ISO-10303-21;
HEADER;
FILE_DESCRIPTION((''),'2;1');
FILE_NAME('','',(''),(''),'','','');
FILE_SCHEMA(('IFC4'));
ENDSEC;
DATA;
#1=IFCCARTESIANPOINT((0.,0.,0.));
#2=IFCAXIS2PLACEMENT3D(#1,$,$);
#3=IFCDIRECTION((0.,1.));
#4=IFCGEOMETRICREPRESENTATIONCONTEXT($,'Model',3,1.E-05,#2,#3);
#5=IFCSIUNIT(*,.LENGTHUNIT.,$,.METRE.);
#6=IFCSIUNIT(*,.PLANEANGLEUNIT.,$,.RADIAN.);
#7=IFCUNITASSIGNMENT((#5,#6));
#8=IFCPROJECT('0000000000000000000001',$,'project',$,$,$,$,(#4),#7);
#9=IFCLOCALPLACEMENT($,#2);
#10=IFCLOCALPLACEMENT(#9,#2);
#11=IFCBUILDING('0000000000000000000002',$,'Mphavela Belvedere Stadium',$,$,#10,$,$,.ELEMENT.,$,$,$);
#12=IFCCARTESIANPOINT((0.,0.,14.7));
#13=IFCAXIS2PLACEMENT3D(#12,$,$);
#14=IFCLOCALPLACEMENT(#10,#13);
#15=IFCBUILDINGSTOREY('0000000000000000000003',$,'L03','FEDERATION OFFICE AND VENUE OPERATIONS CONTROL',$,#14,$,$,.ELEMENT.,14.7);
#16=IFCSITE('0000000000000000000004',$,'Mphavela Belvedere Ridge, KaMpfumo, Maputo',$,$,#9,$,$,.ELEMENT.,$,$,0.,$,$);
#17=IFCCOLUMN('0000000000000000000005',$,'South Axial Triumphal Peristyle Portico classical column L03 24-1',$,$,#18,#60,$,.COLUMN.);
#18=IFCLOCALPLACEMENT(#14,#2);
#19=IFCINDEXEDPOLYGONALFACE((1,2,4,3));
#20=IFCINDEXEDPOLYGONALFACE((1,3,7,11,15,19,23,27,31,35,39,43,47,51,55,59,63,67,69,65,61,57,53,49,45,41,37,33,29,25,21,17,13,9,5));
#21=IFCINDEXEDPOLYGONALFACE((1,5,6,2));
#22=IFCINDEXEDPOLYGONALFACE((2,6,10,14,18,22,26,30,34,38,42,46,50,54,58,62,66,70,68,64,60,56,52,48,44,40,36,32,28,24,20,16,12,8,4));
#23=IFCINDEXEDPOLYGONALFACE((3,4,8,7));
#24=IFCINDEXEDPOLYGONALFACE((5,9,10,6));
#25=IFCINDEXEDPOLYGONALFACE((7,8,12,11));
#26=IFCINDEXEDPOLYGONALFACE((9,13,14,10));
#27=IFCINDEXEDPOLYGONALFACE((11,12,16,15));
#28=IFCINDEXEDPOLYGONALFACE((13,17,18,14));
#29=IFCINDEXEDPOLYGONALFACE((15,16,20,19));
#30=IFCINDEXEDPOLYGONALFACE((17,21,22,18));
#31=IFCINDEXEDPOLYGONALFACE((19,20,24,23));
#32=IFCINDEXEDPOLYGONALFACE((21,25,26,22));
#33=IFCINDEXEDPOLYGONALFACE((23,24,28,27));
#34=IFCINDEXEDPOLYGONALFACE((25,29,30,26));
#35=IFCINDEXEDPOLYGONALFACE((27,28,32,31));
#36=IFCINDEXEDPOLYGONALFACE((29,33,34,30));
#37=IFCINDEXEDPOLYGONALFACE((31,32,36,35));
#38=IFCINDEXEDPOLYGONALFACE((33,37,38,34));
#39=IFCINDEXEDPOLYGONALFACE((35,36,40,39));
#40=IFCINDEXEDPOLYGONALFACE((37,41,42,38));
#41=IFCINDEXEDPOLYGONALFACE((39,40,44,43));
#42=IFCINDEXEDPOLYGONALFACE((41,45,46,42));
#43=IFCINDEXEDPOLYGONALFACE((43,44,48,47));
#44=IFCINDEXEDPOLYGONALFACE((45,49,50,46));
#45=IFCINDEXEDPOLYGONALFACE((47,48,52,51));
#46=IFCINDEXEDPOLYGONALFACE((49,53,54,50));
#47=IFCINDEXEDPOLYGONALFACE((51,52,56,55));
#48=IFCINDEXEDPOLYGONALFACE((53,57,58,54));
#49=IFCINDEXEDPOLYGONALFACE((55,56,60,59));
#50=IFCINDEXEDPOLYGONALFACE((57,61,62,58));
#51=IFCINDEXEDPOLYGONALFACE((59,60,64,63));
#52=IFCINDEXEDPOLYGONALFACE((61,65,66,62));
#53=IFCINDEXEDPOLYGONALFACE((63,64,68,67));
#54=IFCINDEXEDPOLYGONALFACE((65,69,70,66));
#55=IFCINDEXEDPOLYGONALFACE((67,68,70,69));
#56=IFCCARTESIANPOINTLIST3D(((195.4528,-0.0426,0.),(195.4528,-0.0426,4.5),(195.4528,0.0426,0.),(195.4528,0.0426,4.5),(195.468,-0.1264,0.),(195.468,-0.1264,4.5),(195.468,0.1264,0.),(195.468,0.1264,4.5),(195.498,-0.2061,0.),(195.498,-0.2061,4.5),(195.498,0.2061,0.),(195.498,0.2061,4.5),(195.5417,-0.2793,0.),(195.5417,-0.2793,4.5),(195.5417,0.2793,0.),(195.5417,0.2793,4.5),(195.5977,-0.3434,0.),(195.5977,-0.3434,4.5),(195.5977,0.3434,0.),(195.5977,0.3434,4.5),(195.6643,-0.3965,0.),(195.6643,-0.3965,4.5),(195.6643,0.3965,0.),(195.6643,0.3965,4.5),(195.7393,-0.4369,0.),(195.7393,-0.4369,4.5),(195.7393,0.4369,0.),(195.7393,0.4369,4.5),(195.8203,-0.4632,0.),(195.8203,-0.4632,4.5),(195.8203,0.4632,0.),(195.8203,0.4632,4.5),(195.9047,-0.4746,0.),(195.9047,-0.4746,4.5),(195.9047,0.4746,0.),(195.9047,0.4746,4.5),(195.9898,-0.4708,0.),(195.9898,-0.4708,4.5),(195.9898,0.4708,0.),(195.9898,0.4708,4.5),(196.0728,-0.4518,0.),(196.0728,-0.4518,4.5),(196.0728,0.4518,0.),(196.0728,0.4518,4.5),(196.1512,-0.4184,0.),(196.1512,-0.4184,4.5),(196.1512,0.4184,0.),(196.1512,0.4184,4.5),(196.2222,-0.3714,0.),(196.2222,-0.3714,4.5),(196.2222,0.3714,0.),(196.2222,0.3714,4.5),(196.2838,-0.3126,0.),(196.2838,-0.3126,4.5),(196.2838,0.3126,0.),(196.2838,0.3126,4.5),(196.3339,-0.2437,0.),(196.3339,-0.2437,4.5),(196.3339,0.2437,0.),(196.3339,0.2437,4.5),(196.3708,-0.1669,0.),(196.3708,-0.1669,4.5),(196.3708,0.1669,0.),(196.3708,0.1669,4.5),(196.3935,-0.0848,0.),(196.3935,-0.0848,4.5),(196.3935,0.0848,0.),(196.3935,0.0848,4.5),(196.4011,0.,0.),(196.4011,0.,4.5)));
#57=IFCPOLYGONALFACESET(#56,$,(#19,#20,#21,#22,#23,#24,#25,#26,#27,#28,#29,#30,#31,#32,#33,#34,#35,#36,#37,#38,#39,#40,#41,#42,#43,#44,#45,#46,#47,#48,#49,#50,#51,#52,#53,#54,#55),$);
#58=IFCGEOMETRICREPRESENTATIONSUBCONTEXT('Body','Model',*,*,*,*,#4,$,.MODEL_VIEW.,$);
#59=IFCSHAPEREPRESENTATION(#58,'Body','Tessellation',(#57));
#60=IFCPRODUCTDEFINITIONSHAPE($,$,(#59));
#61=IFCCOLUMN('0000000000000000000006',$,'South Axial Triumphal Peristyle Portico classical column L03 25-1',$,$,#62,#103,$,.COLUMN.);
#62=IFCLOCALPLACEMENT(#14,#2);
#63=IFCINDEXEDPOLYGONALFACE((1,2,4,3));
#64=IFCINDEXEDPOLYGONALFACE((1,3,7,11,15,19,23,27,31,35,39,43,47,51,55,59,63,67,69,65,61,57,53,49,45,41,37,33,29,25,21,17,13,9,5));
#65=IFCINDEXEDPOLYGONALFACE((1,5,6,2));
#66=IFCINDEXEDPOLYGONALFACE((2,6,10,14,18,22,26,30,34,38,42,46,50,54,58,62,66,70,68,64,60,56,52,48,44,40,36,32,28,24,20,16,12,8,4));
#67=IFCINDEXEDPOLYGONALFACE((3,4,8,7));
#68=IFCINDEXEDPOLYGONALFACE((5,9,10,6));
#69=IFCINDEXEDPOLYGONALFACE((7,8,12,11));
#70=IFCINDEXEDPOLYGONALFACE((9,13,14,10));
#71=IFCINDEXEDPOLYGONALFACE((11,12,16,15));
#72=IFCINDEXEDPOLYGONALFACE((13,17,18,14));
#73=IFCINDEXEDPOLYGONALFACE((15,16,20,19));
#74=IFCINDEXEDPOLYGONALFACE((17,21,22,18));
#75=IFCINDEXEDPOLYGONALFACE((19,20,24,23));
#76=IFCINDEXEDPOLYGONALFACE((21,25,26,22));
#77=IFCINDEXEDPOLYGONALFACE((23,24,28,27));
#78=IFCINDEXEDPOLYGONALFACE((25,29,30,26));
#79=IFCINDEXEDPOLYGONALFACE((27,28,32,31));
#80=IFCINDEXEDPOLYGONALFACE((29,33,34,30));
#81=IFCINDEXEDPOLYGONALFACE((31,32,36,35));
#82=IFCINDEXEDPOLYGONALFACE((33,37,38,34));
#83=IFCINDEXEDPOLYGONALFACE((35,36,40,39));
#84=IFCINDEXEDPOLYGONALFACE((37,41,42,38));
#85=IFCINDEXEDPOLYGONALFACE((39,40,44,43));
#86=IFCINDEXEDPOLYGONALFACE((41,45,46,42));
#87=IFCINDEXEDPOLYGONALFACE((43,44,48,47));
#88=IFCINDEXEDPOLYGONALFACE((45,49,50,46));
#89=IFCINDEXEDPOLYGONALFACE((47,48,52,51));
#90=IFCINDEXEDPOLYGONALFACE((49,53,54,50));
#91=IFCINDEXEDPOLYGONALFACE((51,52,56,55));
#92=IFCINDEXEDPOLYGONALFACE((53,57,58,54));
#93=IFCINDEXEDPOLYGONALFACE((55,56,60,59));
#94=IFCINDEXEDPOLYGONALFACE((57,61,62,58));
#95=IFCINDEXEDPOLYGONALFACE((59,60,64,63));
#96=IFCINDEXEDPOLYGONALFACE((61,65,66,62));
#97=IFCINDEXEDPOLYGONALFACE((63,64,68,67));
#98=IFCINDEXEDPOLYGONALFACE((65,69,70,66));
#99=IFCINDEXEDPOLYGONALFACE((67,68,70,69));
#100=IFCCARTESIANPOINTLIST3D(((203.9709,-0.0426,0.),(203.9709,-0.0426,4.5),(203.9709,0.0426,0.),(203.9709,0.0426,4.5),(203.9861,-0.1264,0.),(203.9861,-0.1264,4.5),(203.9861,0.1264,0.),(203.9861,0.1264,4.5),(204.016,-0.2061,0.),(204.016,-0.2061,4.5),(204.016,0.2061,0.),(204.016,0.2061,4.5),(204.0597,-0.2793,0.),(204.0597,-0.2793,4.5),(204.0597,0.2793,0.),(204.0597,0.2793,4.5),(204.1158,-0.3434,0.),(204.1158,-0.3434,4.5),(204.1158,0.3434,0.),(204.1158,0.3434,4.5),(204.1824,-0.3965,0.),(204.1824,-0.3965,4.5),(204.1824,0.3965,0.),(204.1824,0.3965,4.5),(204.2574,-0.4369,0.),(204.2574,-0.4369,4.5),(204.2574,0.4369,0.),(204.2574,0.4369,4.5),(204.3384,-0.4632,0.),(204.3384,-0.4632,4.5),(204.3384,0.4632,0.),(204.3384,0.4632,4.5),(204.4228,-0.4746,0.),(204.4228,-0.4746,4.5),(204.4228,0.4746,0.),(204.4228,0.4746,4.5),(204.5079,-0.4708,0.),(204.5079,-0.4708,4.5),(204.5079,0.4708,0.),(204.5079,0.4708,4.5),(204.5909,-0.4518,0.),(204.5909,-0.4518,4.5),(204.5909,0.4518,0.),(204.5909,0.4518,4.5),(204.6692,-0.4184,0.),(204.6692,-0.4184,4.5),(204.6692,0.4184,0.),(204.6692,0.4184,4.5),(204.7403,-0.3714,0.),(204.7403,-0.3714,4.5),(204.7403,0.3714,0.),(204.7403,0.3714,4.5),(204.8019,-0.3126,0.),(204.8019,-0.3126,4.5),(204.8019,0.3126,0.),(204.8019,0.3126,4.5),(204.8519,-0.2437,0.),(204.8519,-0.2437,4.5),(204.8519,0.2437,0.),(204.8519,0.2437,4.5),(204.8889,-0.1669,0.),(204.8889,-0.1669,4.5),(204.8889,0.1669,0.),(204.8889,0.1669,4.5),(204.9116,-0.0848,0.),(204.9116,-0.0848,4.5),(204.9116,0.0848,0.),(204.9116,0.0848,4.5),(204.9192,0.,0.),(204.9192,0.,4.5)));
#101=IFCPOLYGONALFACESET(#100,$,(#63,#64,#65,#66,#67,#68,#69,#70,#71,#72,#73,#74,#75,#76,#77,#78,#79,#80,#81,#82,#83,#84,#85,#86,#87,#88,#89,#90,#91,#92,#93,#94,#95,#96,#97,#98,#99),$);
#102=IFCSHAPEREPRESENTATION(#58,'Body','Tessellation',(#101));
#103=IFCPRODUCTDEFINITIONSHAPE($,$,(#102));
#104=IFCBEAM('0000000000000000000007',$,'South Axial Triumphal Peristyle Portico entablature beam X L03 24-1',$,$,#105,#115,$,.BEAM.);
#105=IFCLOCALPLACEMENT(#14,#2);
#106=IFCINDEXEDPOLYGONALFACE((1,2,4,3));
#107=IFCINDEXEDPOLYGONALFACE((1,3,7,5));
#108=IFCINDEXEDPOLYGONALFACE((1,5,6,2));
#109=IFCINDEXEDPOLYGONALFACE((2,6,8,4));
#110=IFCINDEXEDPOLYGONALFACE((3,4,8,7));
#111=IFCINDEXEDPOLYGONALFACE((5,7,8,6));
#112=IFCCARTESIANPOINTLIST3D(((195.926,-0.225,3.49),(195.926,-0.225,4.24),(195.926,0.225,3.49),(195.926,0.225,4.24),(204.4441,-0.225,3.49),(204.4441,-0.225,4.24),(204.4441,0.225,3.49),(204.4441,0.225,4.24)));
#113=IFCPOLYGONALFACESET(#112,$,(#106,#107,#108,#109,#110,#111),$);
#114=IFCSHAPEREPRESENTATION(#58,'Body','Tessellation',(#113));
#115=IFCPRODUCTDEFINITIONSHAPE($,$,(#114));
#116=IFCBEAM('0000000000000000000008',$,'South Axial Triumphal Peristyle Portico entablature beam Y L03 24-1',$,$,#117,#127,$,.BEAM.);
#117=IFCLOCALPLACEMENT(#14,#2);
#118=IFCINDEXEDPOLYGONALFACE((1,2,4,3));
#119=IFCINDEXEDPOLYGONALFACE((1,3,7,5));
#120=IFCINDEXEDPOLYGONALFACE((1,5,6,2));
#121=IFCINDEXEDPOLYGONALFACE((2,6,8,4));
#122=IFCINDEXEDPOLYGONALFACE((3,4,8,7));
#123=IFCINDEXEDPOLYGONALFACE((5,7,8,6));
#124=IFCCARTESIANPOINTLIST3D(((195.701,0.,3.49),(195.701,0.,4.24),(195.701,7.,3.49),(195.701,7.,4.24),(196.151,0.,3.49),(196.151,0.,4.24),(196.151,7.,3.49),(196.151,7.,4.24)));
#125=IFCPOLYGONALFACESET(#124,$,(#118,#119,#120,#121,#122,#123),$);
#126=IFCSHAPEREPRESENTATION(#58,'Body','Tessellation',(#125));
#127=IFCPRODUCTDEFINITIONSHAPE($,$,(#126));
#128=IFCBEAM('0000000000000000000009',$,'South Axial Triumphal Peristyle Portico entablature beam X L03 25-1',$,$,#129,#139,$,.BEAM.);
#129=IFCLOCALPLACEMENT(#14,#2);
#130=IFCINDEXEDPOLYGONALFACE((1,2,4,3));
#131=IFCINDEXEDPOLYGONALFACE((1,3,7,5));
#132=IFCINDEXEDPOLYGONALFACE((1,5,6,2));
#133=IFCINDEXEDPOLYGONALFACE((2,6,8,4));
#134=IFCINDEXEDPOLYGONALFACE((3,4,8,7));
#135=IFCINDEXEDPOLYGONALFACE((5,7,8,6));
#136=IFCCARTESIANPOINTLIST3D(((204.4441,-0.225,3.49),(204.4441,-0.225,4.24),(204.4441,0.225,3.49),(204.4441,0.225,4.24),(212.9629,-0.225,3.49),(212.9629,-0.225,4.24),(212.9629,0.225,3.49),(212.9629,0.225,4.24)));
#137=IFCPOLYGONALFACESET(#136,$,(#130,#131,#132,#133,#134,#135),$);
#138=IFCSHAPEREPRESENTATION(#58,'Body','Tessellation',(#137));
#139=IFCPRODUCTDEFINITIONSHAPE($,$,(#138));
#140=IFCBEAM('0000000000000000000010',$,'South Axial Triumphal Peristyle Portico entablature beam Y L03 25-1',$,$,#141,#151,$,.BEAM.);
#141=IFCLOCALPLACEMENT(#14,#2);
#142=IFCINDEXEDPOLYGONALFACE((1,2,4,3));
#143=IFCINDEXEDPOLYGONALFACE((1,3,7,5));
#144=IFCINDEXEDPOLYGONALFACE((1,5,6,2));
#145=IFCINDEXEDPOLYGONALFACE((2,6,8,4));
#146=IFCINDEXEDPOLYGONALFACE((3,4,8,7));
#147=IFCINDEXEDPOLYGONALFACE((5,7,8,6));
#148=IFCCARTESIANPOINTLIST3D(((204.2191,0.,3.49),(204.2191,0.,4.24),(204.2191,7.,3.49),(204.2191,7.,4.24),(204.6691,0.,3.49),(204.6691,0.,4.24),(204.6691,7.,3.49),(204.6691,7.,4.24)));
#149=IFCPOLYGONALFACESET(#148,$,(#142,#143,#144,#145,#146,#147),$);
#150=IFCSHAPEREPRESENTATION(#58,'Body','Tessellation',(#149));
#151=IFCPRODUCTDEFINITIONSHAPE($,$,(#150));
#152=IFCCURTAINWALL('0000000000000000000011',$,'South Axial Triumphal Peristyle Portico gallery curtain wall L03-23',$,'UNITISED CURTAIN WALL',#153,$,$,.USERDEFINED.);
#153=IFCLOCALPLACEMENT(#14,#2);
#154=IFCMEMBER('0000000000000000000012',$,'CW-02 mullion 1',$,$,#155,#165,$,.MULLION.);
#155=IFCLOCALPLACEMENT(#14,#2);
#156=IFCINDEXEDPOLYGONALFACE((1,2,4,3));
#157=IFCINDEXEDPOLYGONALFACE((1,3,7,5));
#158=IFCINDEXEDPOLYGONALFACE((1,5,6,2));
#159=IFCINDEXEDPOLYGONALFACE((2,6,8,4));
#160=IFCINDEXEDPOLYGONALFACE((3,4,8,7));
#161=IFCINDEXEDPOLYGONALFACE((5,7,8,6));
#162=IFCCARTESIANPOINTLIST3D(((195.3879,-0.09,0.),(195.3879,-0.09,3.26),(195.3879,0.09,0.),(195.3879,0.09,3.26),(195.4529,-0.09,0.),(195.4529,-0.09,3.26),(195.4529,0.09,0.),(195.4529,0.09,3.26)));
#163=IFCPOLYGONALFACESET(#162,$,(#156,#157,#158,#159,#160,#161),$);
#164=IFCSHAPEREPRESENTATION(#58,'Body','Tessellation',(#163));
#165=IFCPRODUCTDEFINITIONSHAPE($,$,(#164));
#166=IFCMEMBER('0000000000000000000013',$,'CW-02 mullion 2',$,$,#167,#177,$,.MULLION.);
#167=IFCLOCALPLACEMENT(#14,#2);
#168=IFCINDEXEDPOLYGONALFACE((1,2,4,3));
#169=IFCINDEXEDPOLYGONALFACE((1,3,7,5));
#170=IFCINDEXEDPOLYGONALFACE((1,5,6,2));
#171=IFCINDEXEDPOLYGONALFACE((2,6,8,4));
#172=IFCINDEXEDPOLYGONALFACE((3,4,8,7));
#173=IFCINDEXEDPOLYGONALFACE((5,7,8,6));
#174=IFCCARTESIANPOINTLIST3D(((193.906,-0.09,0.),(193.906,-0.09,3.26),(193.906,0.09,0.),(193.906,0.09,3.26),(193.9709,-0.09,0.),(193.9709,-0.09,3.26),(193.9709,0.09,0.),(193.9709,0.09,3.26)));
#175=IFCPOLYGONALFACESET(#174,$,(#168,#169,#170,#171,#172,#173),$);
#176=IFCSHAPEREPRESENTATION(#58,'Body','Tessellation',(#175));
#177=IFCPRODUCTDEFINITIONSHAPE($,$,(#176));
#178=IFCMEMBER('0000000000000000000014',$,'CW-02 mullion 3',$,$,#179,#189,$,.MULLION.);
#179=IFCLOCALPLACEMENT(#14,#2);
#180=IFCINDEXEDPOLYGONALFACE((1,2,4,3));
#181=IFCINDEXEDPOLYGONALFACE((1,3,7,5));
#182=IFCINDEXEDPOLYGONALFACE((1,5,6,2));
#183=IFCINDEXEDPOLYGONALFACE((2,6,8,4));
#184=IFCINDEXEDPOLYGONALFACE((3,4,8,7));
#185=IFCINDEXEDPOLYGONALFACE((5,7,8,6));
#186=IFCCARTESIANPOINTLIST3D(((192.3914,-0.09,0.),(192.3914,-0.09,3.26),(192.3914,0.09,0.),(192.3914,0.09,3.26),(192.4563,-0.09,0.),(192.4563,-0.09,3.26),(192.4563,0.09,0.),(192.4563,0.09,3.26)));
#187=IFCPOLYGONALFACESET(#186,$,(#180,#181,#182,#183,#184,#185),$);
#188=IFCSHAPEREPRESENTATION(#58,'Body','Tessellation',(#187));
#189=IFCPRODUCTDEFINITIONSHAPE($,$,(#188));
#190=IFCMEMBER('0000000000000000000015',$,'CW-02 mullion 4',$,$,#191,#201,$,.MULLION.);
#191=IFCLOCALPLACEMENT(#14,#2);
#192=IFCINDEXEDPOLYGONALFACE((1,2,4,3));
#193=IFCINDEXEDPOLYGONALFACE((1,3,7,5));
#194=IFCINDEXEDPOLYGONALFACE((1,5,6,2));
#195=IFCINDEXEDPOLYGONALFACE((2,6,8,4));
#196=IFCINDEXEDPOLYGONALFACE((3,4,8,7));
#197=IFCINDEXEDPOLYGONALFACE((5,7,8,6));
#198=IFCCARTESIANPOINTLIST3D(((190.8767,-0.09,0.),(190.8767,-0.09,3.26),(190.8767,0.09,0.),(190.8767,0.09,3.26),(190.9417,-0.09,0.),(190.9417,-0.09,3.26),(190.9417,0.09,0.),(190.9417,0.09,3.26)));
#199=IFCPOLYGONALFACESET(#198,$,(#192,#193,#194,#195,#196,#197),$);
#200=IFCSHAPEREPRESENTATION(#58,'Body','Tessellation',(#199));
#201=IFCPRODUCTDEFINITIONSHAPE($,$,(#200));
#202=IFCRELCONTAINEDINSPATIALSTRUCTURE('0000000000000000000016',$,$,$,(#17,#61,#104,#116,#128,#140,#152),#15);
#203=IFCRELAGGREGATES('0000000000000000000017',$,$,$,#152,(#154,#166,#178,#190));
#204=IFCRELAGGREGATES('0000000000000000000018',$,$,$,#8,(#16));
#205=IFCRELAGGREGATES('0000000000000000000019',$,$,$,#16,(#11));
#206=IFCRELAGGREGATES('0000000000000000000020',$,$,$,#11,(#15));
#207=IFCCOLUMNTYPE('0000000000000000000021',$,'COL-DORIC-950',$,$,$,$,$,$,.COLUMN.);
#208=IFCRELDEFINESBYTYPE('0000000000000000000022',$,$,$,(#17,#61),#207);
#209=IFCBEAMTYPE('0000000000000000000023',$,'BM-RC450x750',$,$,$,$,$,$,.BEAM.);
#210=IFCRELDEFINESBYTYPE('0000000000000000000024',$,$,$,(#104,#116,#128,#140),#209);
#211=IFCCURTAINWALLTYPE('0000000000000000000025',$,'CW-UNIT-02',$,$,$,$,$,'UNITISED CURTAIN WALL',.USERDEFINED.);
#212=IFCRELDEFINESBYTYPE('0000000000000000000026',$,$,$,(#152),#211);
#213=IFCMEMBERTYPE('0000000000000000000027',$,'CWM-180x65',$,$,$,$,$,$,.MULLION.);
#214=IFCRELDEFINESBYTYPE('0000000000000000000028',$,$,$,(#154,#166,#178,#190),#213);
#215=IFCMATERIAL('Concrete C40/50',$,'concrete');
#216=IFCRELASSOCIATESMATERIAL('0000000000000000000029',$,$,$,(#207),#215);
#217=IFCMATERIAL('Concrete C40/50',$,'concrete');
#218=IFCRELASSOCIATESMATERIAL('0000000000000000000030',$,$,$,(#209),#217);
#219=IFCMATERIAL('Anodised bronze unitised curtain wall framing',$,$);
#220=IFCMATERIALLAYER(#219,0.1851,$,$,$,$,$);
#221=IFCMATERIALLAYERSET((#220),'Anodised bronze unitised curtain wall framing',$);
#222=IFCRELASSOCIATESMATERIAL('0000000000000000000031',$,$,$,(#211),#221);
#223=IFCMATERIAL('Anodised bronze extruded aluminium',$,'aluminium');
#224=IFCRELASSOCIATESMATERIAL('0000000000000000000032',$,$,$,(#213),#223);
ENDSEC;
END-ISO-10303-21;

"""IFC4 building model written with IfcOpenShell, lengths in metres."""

from ifc_helpers import new_model, si_unit, direction, frame, origin, origin_2d, place, context, subcontext, project, spatial, rectangle, circle, extrude, material, layer, layer_set, material_profile, profile_set, type_object, element, aggregate, save


model = new_model("IFC4")

# Units and contexts
model_context = context("Model", 3, precision=1e-05, world=origin(), true_north=direction((0.0, 1.0)))
body_context = subcontext(model_context, "Body", "Model", "MODEL_VIEW")
ifc_project = project(units=[si_unit("LENGTHUNIT", "METRE"), si_unit("PLANEANGLEUNIT", "RADIAN")], contexts=[model_context])

# Site, building, storey
site_placement = place(None, origin())
site = spatial("IfcSite", under=ifc_project, at=site_placement, Name="Mphavela Belvedere Ridge, KaMpfumo, Maputo", CompositionType="ELEMENT", RefElevation=0.0)
building_placement = place(site_placement, origin())
building = spatial("IfcBuilding", under=site, at=building_placement, Name="Mphavela Belvedere Stadium", CompositionType="ELEMENT")
storey_placement = place(building_placement, frame((0.0, 0.0, 14.7)))
storey = spatial("IfcBuildingStorey", under=building, at=storey_placement, Name="L03", Description="FEDERATION OFFICE AND VENUE OPERATIONS CONTROL", CompositionType="ELEMENT", Elevation=14.7)

# Columns
ifc_material_1 = material(Name="Concrete C40/50", Category="concrete")
ifc_material_profile_1 = material_profile(ifc_material_1, circle(Radius=0.4751, at=origin_2d()), Name="COL D950")
ifc_profile_set_1 = profile_set([ifc_material_profile_1], Name="Concrete C40/50")
column_type = type_object("IfcColumnType", Name="COL-DORIC-950", PredefinedType="COLUMN", material=ifc_profile_set_1)
for number, where, z_axis, x_axis, name in (
    (1, (195.926, 0.0, 0.0), (0.0, 0.0, 1.0), (1.0, 0.0, 0.0), "South Axial Triumphal Peristyle Portico classical column L03 24-1"),
    (2, (204.4441, 0.0, 0.0), (0.0, 0.0, 1.0), (1.0, 0.0, 0.0), "South Axial Triumphal Peristyle Portico classical column L03 25-1"),
):
    element("IfcColumn", number, at=place(storey_placement, frame(where, z_axis=z_axis, x_axis=x_axis)), inside=storey, type_object=column_type, Name=name, PredefinedType="COLUMN", context=body_context, shape_type="SweptSolid", body=[
        extrude(circle(Radius=0.4751, at=origin_2d()), origin(), (0.0, 0.0, 1.0), 4.5),
    ])

# Beams
ifc_material_2 = material(Name="Concrete C40/50", Category="concrete")
ifc_material_profile_2 = material_profile(ifc_material_2, rectangle(XDim=0.45, YDim=0.75, at=origin_2d()), Name="RC 450x750")
ifc_profile_set_2 = profile_set([ifc_material_profile_2], Name="Concrete C40/50")
beam_type = type_object("IfcBeamType", Name="BM-RC450x750", PredefinedType="BEAM", material=ifc_profile_set_2)
beam_1_placement = place(storey_placement, frame((195.926, 0.0, 3.865), z_axis=(1.0, 0.0, 0.0), x_axis=(0.0, 1.0, 0.0)))
element("IfcBeam", 3, at=beam_1_placement, inside=storey, type_object=beam_type, Name="South Axial Triumphal Peristyle Portico entablature beam X L03 24-1", PredefinedType="BEAM", context=body_context, shape_type="SweptSolid", body=[
    extrude(rectangle(XDim=0.45, YDim=0.75, at=origin_2d()), origin(), (0.0, 0.0, 1.0), 8.5181),
])
beam_2_placement = place(storey_placement, frame((195.926, 0.0, 3.865), z_axis=(0.0, 1.0, 0.0), x_axis=(-1.0, 0.0, 0.0)))
element("IfcBeam", 4, at=beam_2_placement, inside=storey, type_object=beam_type, Name="South Axial Triumphal Peristyle Portico entablature beam Y L03 24-1", PredefinedType="BEAM", context=body_context, shape_type="SweptSolid", body=[
    extrude(rectangle(XDim=0.45, YDim=0.75, at=origin_2d()), origin(), (0.0, 0.0, 1.0), 7.0),
])
beam_3_placement = place(storey_placement, frame((204.4441, 0.0, 3.865), z_axis=(1.0, 0.0, 0.0), x_axis=(0.0, 1.0, 0.0)))
element("IfcBeam", 5, at=beam_3_placement, inside=storey, type_object=beam_type, Name="South Axial Triumphal Peristyle Portico entablature beam X L03 25-1", PredefinedType="BEAM", context=body_context, shape_type="SweptSolid", body=[
    extrude(rectangle(XDim=0.45, YDim=0.75, at=origin_2d()), origin(), (0.0, 0.0, 1.0), 8.5188),
])
beam_4_placement = place(storey_placement, frame((204.4441, 0.0, 3.865), z_axis=(0.0, 1.0, 0.0), x_axis=(-1.0, 0.0, 0.0)))
element("IfcBeam", 6, at=beam_4_placement, inside=storey, type_object=beam_type, Name="South Axial Triumphal Peristyle Portico entablature beam Y L03 25-1", PredefinedType="BEAM", context=body_context, shape_type="SweptSolid", body=[
    extrude(rectangle(XDim=0.45, YDim=0.75, at=origin_2d()), origin(), (0.0, 0.0, 1.0), 7.0),
])

# Curtain wall, members
ifc_material_3 = material(Name="Anodised bronze unitised curtain wall framing")
ifc_layer_1 = layer(ifc_material_3, 0.1851)
ifc_layer_set_1 = layer_set([ifc_layer_1], Name="Anodised bronze unitised curtain wall framing")
curtain_wall_type = type_object("IfcCurtainWallType", Name="CW-UNIT-02", ElementType="UNITISED CURTAIN WALL", PredefinedType="USERDEFINED", material=ifc_layer_set_1)
curtain_wall_placement = place(storey_placement, origin())
curtain_wall = element("IfcCurtainWall", 7, at=curtain_wall_placement, inside=storey, type_object=curtain_wall_type, Name="South Axial Triumphal Peristyle Portico gallery curtain wall L03-23", ObjectType="UNITISED CURTAIN WALL", PredefinedType="USERDEFINED")
ifc_material_4 = material(Name="Anodised bronze extruded aluminium", Category="aluminium")
ifc_material_profile_3 = material_profile(ifc_material_4, rectangle(XDim=0.1799, YDim=0.0649, at=origin_2d()), Name="CW-MUL 180x65")
ifc_profile_set_3 = profile_set([ifc_material_profile_3], Name="Anodised bronze extruded aluminium")
member_type_1 = type_object("IfcMemberType", Name="CWM-180x65", PredefinedType="MULLION", material=ifc_profile_set_3)
member_1_placement = place(storey_placement, frame((195.4204, 0.0, 0.0), z_axis=(0.0, 0.0, 1.0), x_axis=(0.0, -1.0, 0.0)))
member_1 = element("IfcMember", 8, at=member_1_placement, type_object=member_type_1, Name="CW-02 mullion 1", PredefinedType="MULLION", context=body_context, shape_type="SweptSolid", body=[
    extrude(rectangle(XDim=0.1799, YDim=0.0649, at=origin_2d()), origin(), (0.0, 0.0, 1.0), 3.26),
])
member_2_placement = place(storey_placement, frame((193.9385, 0.0, 0.0), z_axis=(0.0, 0.0, 1.0), x_axis=(0.0, -1.0, 0.0)))
member_2 = element("IfcMember", 9, at=member_2_placement, type_object=member_type_1, Name="CW-02 mullion 2", PredefinedType="MULLION", context=body_context, shape_type="SweptSolid", body=[
    extrude(rectangle(XDim=0.1799, YDim=0.0649, at=origin_2d()), origin(), (0.0, 0.0, 1.0), 3.26),
])
member_3_placement = place(storey_placement, frame((192.4238, 0.0, 0.0), z_axis=(0.0, 0.0, 1.0), x_axis=(0.0, -1.0, 0.0)))
member_3 = element("IfcMember", 10, at=member_3_placement, type_object=member_type_1, Name="CW-02 mullion 3", PredefinedType="MULLION", context=body_context, shape_type="SweptSolid", body=[
    extrude(rectangle(XDim=0.1799, YDim=0.0649, at=origin_2d()), origin(), (0.0, 0.0, 1.0), 3.26),
])
member_4_placement = place(storey_placement, frame((190.9092, 0.0, 0.0), z_axis=(0.0, 0.0, 1.0), x_axis=(0.0, -1.0, 0.0)))
member_4 = element("IfcMember", 11, at=member_4_placement, type_object=member_type_1, Name="CW-02 mullion 4", PredefinedType="MULLION", context=body_context, shape_type="SweptSolid", body=[
    extrude(rectangle(XDim=0.1799, YDim=0.0649, at=origin_2d()), origin(), (0.0, 0.0, 1.0), 3.26),
])
aggregate(curtain_wall, [member_1, member_2, member_3, member_4])

save(model, "model.ifc")
